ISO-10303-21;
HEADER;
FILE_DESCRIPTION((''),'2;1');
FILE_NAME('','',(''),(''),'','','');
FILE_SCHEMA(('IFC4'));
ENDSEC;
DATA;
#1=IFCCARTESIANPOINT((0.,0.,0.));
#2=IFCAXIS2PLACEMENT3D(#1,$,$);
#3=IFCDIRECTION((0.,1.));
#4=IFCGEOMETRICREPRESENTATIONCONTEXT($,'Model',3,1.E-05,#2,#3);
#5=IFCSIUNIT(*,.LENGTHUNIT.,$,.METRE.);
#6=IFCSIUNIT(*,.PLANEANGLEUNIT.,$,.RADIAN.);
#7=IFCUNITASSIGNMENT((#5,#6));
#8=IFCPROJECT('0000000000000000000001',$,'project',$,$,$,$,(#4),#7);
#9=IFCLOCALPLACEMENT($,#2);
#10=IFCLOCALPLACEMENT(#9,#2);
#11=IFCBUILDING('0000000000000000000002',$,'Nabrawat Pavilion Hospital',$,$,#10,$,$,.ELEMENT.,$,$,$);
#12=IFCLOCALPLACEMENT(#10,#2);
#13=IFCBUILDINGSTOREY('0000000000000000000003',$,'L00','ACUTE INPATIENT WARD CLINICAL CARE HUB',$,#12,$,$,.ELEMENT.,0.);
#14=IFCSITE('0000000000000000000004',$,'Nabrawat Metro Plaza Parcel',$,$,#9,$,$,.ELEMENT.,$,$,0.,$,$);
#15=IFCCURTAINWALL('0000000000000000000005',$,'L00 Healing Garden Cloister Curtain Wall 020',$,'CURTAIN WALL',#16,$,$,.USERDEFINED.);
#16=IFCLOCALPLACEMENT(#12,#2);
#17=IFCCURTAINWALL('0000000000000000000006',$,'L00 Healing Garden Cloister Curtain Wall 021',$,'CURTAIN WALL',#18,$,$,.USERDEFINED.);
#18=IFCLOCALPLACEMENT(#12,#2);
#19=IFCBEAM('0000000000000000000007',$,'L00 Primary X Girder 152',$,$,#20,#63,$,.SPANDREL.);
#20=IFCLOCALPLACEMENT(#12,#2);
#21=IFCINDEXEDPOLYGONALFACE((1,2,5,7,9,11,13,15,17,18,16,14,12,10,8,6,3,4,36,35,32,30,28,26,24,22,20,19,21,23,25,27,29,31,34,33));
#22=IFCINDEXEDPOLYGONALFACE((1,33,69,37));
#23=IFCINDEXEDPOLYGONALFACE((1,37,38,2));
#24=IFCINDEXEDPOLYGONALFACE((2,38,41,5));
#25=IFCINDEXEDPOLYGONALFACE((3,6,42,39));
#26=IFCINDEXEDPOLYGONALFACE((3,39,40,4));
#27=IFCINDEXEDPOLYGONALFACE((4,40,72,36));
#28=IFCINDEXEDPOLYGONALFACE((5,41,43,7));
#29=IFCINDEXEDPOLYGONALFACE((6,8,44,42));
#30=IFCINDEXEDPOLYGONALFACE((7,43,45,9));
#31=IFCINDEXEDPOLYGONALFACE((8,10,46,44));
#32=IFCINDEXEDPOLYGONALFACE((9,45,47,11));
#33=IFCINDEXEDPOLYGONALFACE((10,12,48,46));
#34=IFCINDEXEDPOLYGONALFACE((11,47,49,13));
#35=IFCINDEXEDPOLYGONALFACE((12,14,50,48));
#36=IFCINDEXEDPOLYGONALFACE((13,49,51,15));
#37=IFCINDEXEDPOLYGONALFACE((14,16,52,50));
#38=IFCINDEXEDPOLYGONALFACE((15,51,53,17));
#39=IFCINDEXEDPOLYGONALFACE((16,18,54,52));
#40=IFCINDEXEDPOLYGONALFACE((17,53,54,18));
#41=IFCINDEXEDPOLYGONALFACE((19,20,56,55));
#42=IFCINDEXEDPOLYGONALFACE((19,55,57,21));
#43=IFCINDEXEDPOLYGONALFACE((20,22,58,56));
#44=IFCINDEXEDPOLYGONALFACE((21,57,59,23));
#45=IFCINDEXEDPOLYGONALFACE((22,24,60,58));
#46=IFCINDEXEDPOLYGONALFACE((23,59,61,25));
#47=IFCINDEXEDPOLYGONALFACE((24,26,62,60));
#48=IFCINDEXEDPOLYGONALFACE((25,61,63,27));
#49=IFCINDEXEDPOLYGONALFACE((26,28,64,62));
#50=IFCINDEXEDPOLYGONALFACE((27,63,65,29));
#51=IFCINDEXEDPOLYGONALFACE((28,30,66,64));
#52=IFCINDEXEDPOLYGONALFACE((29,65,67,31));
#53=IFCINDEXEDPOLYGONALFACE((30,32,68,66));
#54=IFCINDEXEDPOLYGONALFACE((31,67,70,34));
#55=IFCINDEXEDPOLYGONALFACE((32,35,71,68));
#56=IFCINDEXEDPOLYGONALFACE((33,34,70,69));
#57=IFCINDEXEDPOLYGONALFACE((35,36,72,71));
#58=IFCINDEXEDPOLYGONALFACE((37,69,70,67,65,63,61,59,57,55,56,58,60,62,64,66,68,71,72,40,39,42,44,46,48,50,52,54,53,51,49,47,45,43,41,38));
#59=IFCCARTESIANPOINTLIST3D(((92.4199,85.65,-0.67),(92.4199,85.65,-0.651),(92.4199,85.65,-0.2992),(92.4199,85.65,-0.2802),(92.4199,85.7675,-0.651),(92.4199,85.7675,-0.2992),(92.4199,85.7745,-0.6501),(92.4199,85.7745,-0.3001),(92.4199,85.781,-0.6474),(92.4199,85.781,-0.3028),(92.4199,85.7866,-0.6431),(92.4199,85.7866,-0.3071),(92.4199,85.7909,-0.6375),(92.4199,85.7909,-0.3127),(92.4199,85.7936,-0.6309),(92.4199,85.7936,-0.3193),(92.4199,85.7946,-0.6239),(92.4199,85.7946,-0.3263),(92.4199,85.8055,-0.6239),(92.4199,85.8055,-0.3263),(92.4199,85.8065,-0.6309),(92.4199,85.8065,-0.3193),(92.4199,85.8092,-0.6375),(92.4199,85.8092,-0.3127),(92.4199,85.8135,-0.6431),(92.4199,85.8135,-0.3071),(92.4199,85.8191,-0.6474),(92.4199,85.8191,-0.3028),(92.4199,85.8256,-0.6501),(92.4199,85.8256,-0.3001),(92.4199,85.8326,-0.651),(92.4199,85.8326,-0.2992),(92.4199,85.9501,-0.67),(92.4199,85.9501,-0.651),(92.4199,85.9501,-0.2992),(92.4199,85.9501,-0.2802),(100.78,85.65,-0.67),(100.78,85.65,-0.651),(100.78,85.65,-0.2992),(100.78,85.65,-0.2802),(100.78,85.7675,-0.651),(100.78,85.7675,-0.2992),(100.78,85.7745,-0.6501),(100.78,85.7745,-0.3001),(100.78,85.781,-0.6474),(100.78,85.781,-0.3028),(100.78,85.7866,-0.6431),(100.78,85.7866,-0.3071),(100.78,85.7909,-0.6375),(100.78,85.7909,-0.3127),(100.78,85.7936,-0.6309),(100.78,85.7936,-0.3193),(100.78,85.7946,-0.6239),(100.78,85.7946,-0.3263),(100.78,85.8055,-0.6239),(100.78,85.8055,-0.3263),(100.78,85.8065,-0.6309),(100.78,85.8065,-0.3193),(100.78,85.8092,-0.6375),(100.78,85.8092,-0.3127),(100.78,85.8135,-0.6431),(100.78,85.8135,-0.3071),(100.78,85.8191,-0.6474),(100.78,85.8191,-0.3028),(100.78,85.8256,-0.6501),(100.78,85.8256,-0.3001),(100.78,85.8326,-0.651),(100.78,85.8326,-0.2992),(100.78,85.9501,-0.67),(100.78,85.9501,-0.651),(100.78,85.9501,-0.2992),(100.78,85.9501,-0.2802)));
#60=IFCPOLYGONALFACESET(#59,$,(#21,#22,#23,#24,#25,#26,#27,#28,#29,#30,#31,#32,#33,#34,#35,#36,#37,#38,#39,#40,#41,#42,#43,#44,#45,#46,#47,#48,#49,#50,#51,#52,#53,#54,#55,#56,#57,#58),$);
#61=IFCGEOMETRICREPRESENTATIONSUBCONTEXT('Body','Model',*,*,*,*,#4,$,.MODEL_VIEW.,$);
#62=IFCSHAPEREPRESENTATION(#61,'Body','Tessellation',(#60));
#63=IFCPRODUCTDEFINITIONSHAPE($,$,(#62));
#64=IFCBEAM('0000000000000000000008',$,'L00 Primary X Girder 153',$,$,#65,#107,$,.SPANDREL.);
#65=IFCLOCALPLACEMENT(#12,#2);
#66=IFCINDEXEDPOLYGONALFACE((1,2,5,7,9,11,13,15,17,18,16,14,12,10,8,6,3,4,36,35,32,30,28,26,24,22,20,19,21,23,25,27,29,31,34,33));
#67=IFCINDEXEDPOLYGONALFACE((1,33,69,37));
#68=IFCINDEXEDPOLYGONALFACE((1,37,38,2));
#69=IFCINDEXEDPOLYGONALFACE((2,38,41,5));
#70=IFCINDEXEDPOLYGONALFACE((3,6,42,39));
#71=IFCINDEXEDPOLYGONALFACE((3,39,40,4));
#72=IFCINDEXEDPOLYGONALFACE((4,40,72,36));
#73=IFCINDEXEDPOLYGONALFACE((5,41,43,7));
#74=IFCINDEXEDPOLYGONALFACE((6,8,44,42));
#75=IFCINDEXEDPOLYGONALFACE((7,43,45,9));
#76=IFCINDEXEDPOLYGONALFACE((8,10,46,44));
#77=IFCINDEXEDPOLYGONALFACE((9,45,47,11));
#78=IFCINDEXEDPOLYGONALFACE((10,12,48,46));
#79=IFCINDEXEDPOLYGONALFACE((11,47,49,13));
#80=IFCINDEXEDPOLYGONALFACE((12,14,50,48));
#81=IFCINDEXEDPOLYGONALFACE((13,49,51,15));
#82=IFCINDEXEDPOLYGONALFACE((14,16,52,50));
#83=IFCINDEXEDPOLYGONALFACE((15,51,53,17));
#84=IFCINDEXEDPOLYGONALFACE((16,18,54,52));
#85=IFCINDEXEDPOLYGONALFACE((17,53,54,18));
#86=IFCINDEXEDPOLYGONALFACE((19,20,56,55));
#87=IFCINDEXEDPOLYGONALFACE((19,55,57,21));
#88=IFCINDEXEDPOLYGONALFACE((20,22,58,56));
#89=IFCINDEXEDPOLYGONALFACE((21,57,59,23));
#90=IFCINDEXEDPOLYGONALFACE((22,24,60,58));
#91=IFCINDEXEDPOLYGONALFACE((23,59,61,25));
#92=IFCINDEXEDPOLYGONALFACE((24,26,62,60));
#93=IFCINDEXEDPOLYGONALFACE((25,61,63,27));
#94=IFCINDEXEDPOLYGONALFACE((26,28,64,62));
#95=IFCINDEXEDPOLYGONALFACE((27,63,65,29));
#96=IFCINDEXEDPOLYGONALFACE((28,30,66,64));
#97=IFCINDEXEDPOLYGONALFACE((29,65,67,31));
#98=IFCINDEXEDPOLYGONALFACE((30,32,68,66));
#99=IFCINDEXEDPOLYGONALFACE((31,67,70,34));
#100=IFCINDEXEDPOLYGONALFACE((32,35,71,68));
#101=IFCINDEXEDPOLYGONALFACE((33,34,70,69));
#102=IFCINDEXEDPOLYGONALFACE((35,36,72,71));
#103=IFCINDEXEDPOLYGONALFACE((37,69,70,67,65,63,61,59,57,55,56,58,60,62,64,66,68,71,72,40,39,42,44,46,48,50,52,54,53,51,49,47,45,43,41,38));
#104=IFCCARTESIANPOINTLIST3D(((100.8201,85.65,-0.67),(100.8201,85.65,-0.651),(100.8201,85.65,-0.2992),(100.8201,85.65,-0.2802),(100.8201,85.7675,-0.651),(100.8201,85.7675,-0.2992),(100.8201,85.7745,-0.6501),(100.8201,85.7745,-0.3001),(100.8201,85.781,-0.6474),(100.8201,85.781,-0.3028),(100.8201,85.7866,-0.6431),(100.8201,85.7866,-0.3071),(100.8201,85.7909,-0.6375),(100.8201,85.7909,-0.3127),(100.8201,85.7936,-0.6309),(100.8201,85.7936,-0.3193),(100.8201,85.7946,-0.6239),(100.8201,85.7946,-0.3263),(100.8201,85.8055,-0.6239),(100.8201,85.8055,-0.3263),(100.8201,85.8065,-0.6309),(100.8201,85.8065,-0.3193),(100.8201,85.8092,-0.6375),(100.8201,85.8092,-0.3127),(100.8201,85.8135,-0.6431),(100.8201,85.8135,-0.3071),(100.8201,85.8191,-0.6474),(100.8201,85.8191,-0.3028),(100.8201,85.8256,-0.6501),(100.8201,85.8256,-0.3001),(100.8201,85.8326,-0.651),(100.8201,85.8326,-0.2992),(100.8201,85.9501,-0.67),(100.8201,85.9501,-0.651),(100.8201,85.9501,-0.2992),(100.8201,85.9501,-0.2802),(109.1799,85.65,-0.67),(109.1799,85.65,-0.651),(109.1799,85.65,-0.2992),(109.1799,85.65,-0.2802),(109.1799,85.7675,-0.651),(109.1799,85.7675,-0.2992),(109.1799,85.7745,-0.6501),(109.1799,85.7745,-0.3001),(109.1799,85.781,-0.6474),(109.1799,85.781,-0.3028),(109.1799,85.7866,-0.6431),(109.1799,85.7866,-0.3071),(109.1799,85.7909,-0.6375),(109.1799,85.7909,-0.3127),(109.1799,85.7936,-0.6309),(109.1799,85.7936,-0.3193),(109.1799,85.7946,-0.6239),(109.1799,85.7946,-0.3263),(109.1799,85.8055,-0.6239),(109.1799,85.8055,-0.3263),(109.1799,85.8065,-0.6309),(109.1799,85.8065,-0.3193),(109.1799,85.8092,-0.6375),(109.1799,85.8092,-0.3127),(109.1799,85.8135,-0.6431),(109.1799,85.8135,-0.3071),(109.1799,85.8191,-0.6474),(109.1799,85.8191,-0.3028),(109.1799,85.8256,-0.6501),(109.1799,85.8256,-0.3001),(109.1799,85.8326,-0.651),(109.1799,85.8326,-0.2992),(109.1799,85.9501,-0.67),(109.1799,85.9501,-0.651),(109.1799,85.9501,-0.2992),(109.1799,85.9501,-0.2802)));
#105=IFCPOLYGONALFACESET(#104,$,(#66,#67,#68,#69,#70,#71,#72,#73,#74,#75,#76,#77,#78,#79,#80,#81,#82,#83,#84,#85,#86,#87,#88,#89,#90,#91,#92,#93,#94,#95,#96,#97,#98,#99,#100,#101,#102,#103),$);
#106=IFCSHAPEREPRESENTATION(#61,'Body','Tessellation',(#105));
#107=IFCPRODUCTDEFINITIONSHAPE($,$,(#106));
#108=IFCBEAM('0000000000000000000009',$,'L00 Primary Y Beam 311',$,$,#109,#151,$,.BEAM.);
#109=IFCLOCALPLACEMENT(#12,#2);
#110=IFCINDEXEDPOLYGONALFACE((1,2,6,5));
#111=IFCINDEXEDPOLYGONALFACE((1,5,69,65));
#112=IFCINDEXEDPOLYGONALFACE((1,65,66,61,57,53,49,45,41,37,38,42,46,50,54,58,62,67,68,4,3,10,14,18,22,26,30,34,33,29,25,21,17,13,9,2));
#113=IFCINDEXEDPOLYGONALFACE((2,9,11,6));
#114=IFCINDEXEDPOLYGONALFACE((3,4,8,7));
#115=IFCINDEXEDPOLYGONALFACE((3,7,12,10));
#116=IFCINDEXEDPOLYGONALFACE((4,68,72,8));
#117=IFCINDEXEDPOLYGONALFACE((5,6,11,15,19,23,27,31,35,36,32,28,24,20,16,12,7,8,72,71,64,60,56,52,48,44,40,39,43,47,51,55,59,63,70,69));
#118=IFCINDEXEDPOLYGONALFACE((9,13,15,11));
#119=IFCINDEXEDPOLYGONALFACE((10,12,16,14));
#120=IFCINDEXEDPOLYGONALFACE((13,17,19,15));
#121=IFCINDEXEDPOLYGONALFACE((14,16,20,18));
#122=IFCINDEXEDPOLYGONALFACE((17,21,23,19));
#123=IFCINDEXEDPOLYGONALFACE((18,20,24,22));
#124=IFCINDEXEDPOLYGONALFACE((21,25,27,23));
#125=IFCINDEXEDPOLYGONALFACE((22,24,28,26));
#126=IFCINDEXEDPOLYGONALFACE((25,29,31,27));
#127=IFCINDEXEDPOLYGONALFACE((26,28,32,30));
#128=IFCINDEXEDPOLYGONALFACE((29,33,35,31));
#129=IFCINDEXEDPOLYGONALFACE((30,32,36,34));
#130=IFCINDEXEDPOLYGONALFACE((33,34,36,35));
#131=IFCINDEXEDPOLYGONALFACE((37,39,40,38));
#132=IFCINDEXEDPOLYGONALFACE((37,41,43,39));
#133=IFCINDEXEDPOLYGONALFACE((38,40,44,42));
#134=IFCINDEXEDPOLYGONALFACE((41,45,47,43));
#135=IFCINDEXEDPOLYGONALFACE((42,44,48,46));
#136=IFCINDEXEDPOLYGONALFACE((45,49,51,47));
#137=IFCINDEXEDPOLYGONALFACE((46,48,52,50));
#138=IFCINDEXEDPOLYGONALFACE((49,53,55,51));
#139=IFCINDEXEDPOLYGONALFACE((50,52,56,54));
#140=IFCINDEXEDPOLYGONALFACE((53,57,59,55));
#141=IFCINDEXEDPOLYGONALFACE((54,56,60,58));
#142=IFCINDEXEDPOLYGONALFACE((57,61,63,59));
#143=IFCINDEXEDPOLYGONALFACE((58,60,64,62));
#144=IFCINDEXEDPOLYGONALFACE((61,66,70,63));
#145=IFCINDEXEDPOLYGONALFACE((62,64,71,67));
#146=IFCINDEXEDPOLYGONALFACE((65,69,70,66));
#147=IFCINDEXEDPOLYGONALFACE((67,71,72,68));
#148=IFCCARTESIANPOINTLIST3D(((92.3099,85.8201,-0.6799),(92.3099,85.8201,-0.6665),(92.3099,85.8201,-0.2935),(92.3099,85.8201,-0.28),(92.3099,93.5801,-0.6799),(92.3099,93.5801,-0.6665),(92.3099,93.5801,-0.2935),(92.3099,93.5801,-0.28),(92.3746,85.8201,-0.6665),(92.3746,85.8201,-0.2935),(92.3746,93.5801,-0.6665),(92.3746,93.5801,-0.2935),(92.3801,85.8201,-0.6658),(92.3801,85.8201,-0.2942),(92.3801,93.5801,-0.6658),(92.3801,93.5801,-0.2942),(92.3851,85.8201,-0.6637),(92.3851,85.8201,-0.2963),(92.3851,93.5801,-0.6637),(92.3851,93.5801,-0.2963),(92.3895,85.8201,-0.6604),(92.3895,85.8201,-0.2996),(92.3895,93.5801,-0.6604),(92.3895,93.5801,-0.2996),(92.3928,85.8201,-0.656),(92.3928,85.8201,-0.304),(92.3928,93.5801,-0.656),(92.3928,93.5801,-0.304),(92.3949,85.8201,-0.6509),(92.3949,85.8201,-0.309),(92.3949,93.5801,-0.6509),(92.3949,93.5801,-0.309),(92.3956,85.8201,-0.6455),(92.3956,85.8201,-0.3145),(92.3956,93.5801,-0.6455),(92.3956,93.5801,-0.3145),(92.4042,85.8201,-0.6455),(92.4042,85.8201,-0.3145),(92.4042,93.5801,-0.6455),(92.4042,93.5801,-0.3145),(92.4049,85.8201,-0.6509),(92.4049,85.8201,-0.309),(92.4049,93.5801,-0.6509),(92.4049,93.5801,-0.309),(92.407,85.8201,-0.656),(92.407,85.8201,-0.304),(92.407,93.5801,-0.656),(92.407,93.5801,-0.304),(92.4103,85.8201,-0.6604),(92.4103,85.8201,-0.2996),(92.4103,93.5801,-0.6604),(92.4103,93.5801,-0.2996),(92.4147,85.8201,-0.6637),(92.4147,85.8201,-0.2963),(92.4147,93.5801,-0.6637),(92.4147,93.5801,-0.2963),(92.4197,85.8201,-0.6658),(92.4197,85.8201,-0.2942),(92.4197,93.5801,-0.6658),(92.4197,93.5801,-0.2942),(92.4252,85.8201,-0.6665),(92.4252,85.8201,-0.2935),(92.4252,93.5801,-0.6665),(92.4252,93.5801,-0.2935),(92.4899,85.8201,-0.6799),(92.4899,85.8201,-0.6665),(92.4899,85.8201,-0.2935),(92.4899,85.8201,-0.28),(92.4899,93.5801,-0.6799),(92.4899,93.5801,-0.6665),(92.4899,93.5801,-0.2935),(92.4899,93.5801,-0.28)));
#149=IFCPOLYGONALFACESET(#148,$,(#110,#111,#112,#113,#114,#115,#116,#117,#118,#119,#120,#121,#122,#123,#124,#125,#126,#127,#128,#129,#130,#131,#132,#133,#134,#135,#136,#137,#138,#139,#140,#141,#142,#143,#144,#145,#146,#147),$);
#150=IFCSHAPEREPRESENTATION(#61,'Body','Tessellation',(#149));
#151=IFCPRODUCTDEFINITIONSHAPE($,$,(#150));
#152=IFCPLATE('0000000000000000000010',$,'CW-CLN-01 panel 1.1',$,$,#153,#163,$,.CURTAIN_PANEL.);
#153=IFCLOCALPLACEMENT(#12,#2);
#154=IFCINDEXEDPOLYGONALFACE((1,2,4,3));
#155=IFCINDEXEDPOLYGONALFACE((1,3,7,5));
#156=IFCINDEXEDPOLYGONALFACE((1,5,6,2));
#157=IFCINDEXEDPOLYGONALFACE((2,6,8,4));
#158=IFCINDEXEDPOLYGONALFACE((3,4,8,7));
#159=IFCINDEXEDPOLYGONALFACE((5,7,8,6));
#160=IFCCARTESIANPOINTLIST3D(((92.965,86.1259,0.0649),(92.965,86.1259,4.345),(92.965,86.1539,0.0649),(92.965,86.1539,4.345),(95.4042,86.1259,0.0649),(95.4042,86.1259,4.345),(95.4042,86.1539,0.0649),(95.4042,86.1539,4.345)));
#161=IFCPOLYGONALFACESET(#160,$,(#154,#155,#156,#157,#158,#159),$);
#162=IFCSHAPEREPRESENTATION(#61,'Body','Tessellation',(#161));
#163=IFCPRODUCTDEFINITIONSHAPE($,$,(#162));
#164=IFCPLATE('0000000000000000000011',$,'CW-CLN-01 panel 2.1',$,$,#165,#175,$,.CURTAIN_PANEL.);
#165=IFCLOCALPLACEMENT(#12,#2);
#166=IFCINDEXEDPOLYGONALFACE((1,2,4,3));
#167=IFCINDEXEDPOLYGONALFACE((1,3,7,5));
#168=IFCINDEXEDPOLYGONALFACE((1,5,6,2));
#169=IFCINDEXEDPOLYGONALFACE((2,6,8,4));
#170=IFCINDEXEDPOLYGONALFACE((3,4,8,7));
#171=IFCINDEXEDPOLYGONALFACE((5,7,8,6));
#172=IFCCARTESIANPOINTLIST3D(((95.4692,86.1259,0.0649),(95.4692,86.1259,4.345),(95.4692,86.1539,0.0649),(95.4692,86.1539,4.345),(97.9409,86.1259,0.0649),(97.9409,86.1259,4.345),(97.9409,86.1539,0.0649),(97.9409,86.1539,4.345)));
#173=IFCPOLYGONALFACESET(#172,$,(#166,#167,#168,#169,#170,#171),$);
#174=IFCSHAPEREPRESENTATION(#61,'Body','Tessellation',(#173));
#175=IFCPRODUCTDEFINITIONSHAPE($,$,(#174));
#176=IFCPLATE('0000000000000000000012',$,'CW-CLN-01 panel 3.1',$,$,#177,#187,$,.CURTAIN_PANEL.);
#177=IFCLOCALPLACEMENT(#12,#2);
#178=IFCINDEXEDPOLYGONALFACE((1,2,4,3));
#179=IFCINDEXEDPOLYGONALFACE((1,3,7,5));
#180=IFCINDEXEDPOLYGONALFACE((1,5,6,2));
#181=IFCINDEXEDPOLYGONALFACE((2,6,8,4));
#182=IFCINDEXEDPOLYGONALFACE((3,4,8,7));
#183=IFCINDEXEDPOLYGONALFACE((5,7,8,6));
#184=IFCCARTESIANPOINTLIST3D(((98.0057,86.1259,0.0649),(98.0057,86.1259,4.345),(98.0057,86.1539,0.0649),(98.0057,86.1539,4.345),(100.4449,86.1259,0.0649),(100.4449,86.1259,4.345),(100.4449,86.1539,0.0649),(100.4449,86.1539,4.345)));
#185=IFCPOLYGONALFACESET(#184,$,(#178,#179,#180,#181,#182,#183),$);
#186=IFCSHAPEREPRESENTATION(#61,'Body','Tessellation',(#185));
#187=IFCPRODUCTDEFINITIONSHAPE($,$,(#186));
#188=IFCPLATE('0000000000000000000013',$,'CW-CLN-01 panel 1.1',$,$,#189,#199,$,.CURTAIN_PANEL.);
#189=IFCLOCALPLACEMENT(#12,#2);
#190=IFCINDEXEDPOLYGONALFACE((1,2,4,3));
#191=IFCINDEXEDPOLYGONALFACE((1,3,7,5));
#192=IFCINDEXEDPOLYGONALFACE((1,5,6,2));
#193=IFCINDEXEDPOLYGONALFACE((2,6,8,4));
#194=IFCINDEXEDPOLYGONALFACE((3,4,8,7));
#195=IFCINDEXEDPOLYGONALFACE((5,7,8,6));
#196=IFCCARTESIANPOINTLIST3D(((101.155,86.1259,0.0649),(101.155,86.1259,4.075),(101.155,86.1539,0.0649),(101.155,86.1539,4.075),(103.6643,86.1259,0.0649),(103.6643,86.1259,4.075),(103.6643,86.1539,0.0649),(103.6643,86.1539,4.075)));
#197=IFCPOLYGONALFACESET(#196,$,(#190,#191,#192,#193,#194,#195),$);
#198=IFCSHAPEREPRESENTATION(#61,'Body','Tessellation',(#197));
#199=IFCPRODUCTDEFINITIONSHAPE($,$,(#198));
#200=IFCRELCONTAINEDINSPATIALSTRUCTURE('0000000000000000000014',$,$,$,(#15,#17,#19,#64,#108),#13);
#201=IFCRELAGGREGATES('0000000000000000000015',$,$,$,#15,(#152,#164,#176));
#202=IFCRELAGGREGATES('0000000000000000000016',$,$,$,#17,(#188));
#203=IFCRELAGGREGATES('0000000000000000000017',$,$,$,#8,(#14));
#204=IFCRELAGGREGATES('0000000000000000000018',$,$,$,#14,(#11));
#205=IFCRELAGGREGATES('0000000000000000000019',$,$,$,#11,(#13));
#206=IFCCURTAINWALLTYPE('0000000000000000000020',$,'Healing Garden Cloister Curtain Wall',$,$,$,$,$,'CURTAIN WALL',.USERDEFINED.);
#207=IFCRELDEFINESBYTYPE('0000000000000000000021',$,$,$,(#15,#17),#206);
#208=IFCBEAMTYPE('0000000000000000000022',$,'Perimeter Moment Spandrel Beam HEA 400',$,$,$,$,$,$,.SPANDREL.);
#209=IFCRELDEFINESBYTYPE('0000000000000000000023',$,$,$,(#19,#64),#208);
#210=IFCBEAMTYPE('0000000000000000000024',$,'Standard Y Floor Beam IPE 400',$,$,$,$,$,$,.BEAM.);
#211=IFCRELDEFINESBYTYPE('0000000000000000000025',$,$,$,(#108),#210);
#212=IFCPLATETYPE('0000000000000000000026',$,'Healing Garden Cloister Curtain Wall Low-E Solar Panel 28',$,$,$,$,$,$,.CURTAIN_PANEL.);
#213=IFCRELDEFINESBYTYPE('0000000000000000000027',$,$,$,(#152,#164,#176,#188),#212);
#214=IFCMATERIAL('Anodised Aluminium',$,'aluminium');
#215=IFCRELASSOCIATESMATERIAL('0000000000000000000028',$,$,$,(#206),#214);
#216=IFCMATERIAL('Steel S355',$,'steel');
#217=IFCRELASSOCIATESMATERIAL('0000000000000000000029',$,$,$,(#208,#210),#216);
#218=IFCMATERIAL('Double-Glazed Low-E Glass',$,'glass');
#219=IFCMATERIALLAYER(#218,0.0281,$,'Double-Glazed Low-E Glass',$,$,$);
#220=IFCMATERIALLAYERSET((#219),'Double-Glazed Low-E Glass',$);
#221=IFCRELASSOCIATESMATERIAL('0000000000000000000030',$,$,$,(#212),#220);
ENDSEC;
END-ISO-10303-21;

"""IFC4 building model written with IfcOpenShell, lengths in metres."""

from ifc_helpers import new_model, si_unit, direction, frame, origin, origin_2d, place, context, subcontext, project, spatial, rectangle, i_section, extrude, material, layer, layer_set, material_profile, profile_set, type_object, element, aggregate, save


model = new_model("IFC4")

# Units and contexts
model_context = context("Model", 3, precision=1e-05, world=origin(), true_north=direction((0.0, 1.0)))
body_context = subcontext(model_context, "Body", "Model", "MODEL_VIEW")
ifc_project = project(units=[si_unit("LENGTHUNIT", "METRE"), si_unit("PLANEANGLEUNIT", "RADIAN")], contexts=[model_context])

# Site, building, storey
site_placement = place(None, origin())
site = spatial("IfcSite", under=ifc_project, at=site_placement, Name="Nabrawat Metro Plaza Parcel", CompositionType="ELEMENT", RefElevation=0.0)
building_placement = place(site_placement, origin())
building = spatial("IfcBuilding", under=site, at=building_placement, Name="Nabrawat Pavilion Hospital", CompositionType="ELEMENT")
storey_placement = place(building_placement, origin())
storey = spatial("IfcBuildingStorey", under=building, at=storey_placement, Name="L00", Description="ACUTE INPATIENT WARD CLINICAL CARE HUB", CompositionType="ELEMENT", Elevation=0.0)

# Shared definitions
ifc_material_1 = material(Name="Steel S355", Category="steel")

# Curtain walls
ifc_material_2 = material(Name="Anodised Aluminium", Category="aluminium")
curtain_wall_type = type_object("IfcCurtainWallType", Name="Healing Garden Cloister Curtain Wall", ElementType="CURTAIN WALL", PredefinedType="USERDEFINED", material=ifc_material_2)
curtain_wall_1_placement = place(storey_placement, origin())
curtain_wall_1 = element("IfcCurtainWall", 1, at=curtain_wall_1_placement, inside=storey, type_object=curtain_wall_type, Name="L00 Healing Garden Cloister Curtain Wall 020", ObjectType="CURTAIN WALL", PredefinedType="USERDEFINED")
curtain_wall_2_placement = place(storey_placement, origin())
curtain_wall_2 = element("IfcCurtainWall", 2, at=curtain_wall_2_placement, inside=storey, type_object=curtain_wall_type, Name="L00 Healing Garden Cloister Curtain Wall 021", ObjectType="CURTAIN WALL", PredefinedType="USERDEFINED")

# Beams
ifc_material_profile_1 = material_profile(ifc_material_1, i_section(OverallWidth=0.3, OverallDepth=0.3899, WebThickness=0.011, FlangeThickness=0.019, FilletRadius=0.0271, at=origin_2d()), Name="HEA 400")
ifc_profile_set_1 = profile_set([ifc_material_profile_1], Name="Steel S355")
beam_type_1 = type_object("IfcBeamType", Name="Perimeter Moment Spandrel Beam HEA 400", PredefinedType="SPANDREL", material=ifc_profile_set_1)
beam_1_placement = place(storey_placement, frame((92.4199, 85.8, -0.4751), z_axis=(1.0, 0.0, 0.0), x_axis=(0.0, 1.0, 0.0)))
element("IfcBeam", 3, at=beam_1_placement, inside=storey, type_object=beam_type_1, Name="L00 Primary X Girder 152", PredefinedType="SPANDREL", context=body_context, shape_type="SweptSolid", body=[
    extrude(i_section(OverallWidth=0.3, OverallDepth=0.3899, WebThickness=0.011, FlangeThickness=0.019, FilletRadius=0.0271, at=origin_2d()), origin(), (0.0, 0.0, 1.0), 8.3601),
])
beam_2_placement = place(storey_placement, frame((100.8201, 85.8, -0.4751), z_axis=(1.0, 0.0, 0.0), x_axis=(0.0, 1.0, 0.0)))
element("IfcBeam", 4, at=beam_2_placement, inside=storey, type_object=beam_type_1, Name="L00 Primary X Girder 153", PredefinedType="SPANDREL", context=body_context, shape_type="SweptSolid", body=[
    extrude(i_section(OverallWidth=0.3, OverallDepth=0.3899, WebThickness=0.011, FlangeThickness=0.019, FilletRadius=0.0271, at=origin_2d()), origin(), (0.0, 0.0, 1.0), 8.3599),
])
ifc_material_profile_2 = material_profile(ifc_material_1, i_section(OverallWidth=0.1799, OverallDepth=0.3999, WebThickness=0.0085, FlangeThickness=0.0134, FilletRadius=0.021, at=origin_2d()), Name="IPE 400")
ifc_profile_set_2 = profile_set([ifc_material_profile_2], Name="Steel S355")
beam_type_2 = type_object("IfcBeamType", Name="Standard Y Floor Beam IPE 400", PredefinedType="BEAM", material=ifc_profile_set_2)
beam_3_placement = place(storey_placement, frame((92.3999, 85.8201, -0.48), z_axis=(0.0, 1.0, 0.0), x_axis=(-1.0, 0.0, 0.0)))
element("IfcBeam", 5, at=beam_3_placement, inside=storey, type_object=beam_type_2, Name="L00 Primary Y Beam 311", PredefinedType="BEAM", context=body_context, shape_type="SweptSolid", body=[
    extrude(i_section(OverallWidth=0.1799, OverallDepth=0.3999, WebThickness=0.0085, FlangeThickness=0.0134, FilletRadius=0.021, at=origin_2d()), origin(), (0.0, 0.0, 1.0), 7.76),
])

# Plates
ifc_material_3 = material(Name="Double-Glazed Low-E Glass", Category="glass")
ifc_layer = layer(ifc_material_3, 0.0281, Name="Double-Glazed Low-E Glass")
ifc_layer_set = layer_set([ifc_layer], Name="Double-Glazed Low-E Glass")
plate_type = type_object("IfcPlateType", Name="Healing Garden Cloister Curtain Wall Low-E Solar Panel 28", PredefinedType="CURTAIN_PANEL", material=ifc_layer_set)
plate_1_placement = place(storey_placement, frame((94.1846, 86.1399, 0.0649), z_axis=(0.0, 0.0, 1.0), x_axis=(1.0, 0.0, 0.0)))
plate_1 = element("IfcPlate", 6, at=plate_1_placement, type_object=plate_type, Name="CW-CLN-01 panel 1.1", PredefinedType="CURTAIN_PANEL", context=body_context, shape_type="SweptSolid", body=[
    extrude(rectangle(XDim=2.4392, YDim=0.0281, at=origin_2d()), origin(), (0.0, 0.0, 1.0), 4.28),
])
plate_2_placement = place(storey_placement, frame((96.7051, 86.1399, 0.0649), z_axis=(0.0, 0.0, 1.0), x_axis=(1.0, 0.0, 0.0)))
plate_2 = element("IfcPlate", 7, at=plate_2_placement, type_object=plate_type, Name="CW-CLN-01 panel 2.1", PredefinedType="CURTAIN_PANEL", context=body_context, shape_type="SweptSolid", body=[
    extrude(rectangle(XDim=2.4717, YDim=0.0281, at=origin_2d()), origin(), (0.0, 0.0, 1.0), 4.28),
])
plate_3_placement = place(storey_placement, frame((99.2253, 86.1399, 0.0649), z_axis=(0.0, 0.0, 1.0), x_axis=(1.0, 0.0, 0.0)))
plate_3 = element("IfcPlate", 8, at=plate_3_placement, type_object=plate_type, Name="CW-CLN-01 panel 3.1", PredefinedType="CURTAIN_PANEL", context=body_context, shape_type="SweptSolid", body=[
    extrude(rectangle(XDim=2.4392, YDim=0.0281, at=origin_2d()), origin(), (0.0, 0.0, 1.0), 4.28),
])
aggregate(curtain_wall_1, [plate_1, plate_2, plate_3])
plate_4_placement = place(storey_placement, frame((102.4097, 86.1399, 0.0649), z_axis=(0.0, 0.0, 1.0), x_axis=(1.0, 0.0, 0.0)))
plate_4 = element("IfcPlate", 9, at=plate_4_placement, type_object=plate_type, Name="CW-CLN-01 panel 1.1", PredefinedType="CURTAIN_PANEL", context=body_context, shape_type="SweptSolid", body=[
    extrude(rectangle(XDim=2.5093, YDim=0.0281, at=origin_2d()), origin(), (0.0, 0.0, 1.0), 4.01),
])
aggregate(curtain_wall_2, [plate_4])

save(model, "model.ifc")
